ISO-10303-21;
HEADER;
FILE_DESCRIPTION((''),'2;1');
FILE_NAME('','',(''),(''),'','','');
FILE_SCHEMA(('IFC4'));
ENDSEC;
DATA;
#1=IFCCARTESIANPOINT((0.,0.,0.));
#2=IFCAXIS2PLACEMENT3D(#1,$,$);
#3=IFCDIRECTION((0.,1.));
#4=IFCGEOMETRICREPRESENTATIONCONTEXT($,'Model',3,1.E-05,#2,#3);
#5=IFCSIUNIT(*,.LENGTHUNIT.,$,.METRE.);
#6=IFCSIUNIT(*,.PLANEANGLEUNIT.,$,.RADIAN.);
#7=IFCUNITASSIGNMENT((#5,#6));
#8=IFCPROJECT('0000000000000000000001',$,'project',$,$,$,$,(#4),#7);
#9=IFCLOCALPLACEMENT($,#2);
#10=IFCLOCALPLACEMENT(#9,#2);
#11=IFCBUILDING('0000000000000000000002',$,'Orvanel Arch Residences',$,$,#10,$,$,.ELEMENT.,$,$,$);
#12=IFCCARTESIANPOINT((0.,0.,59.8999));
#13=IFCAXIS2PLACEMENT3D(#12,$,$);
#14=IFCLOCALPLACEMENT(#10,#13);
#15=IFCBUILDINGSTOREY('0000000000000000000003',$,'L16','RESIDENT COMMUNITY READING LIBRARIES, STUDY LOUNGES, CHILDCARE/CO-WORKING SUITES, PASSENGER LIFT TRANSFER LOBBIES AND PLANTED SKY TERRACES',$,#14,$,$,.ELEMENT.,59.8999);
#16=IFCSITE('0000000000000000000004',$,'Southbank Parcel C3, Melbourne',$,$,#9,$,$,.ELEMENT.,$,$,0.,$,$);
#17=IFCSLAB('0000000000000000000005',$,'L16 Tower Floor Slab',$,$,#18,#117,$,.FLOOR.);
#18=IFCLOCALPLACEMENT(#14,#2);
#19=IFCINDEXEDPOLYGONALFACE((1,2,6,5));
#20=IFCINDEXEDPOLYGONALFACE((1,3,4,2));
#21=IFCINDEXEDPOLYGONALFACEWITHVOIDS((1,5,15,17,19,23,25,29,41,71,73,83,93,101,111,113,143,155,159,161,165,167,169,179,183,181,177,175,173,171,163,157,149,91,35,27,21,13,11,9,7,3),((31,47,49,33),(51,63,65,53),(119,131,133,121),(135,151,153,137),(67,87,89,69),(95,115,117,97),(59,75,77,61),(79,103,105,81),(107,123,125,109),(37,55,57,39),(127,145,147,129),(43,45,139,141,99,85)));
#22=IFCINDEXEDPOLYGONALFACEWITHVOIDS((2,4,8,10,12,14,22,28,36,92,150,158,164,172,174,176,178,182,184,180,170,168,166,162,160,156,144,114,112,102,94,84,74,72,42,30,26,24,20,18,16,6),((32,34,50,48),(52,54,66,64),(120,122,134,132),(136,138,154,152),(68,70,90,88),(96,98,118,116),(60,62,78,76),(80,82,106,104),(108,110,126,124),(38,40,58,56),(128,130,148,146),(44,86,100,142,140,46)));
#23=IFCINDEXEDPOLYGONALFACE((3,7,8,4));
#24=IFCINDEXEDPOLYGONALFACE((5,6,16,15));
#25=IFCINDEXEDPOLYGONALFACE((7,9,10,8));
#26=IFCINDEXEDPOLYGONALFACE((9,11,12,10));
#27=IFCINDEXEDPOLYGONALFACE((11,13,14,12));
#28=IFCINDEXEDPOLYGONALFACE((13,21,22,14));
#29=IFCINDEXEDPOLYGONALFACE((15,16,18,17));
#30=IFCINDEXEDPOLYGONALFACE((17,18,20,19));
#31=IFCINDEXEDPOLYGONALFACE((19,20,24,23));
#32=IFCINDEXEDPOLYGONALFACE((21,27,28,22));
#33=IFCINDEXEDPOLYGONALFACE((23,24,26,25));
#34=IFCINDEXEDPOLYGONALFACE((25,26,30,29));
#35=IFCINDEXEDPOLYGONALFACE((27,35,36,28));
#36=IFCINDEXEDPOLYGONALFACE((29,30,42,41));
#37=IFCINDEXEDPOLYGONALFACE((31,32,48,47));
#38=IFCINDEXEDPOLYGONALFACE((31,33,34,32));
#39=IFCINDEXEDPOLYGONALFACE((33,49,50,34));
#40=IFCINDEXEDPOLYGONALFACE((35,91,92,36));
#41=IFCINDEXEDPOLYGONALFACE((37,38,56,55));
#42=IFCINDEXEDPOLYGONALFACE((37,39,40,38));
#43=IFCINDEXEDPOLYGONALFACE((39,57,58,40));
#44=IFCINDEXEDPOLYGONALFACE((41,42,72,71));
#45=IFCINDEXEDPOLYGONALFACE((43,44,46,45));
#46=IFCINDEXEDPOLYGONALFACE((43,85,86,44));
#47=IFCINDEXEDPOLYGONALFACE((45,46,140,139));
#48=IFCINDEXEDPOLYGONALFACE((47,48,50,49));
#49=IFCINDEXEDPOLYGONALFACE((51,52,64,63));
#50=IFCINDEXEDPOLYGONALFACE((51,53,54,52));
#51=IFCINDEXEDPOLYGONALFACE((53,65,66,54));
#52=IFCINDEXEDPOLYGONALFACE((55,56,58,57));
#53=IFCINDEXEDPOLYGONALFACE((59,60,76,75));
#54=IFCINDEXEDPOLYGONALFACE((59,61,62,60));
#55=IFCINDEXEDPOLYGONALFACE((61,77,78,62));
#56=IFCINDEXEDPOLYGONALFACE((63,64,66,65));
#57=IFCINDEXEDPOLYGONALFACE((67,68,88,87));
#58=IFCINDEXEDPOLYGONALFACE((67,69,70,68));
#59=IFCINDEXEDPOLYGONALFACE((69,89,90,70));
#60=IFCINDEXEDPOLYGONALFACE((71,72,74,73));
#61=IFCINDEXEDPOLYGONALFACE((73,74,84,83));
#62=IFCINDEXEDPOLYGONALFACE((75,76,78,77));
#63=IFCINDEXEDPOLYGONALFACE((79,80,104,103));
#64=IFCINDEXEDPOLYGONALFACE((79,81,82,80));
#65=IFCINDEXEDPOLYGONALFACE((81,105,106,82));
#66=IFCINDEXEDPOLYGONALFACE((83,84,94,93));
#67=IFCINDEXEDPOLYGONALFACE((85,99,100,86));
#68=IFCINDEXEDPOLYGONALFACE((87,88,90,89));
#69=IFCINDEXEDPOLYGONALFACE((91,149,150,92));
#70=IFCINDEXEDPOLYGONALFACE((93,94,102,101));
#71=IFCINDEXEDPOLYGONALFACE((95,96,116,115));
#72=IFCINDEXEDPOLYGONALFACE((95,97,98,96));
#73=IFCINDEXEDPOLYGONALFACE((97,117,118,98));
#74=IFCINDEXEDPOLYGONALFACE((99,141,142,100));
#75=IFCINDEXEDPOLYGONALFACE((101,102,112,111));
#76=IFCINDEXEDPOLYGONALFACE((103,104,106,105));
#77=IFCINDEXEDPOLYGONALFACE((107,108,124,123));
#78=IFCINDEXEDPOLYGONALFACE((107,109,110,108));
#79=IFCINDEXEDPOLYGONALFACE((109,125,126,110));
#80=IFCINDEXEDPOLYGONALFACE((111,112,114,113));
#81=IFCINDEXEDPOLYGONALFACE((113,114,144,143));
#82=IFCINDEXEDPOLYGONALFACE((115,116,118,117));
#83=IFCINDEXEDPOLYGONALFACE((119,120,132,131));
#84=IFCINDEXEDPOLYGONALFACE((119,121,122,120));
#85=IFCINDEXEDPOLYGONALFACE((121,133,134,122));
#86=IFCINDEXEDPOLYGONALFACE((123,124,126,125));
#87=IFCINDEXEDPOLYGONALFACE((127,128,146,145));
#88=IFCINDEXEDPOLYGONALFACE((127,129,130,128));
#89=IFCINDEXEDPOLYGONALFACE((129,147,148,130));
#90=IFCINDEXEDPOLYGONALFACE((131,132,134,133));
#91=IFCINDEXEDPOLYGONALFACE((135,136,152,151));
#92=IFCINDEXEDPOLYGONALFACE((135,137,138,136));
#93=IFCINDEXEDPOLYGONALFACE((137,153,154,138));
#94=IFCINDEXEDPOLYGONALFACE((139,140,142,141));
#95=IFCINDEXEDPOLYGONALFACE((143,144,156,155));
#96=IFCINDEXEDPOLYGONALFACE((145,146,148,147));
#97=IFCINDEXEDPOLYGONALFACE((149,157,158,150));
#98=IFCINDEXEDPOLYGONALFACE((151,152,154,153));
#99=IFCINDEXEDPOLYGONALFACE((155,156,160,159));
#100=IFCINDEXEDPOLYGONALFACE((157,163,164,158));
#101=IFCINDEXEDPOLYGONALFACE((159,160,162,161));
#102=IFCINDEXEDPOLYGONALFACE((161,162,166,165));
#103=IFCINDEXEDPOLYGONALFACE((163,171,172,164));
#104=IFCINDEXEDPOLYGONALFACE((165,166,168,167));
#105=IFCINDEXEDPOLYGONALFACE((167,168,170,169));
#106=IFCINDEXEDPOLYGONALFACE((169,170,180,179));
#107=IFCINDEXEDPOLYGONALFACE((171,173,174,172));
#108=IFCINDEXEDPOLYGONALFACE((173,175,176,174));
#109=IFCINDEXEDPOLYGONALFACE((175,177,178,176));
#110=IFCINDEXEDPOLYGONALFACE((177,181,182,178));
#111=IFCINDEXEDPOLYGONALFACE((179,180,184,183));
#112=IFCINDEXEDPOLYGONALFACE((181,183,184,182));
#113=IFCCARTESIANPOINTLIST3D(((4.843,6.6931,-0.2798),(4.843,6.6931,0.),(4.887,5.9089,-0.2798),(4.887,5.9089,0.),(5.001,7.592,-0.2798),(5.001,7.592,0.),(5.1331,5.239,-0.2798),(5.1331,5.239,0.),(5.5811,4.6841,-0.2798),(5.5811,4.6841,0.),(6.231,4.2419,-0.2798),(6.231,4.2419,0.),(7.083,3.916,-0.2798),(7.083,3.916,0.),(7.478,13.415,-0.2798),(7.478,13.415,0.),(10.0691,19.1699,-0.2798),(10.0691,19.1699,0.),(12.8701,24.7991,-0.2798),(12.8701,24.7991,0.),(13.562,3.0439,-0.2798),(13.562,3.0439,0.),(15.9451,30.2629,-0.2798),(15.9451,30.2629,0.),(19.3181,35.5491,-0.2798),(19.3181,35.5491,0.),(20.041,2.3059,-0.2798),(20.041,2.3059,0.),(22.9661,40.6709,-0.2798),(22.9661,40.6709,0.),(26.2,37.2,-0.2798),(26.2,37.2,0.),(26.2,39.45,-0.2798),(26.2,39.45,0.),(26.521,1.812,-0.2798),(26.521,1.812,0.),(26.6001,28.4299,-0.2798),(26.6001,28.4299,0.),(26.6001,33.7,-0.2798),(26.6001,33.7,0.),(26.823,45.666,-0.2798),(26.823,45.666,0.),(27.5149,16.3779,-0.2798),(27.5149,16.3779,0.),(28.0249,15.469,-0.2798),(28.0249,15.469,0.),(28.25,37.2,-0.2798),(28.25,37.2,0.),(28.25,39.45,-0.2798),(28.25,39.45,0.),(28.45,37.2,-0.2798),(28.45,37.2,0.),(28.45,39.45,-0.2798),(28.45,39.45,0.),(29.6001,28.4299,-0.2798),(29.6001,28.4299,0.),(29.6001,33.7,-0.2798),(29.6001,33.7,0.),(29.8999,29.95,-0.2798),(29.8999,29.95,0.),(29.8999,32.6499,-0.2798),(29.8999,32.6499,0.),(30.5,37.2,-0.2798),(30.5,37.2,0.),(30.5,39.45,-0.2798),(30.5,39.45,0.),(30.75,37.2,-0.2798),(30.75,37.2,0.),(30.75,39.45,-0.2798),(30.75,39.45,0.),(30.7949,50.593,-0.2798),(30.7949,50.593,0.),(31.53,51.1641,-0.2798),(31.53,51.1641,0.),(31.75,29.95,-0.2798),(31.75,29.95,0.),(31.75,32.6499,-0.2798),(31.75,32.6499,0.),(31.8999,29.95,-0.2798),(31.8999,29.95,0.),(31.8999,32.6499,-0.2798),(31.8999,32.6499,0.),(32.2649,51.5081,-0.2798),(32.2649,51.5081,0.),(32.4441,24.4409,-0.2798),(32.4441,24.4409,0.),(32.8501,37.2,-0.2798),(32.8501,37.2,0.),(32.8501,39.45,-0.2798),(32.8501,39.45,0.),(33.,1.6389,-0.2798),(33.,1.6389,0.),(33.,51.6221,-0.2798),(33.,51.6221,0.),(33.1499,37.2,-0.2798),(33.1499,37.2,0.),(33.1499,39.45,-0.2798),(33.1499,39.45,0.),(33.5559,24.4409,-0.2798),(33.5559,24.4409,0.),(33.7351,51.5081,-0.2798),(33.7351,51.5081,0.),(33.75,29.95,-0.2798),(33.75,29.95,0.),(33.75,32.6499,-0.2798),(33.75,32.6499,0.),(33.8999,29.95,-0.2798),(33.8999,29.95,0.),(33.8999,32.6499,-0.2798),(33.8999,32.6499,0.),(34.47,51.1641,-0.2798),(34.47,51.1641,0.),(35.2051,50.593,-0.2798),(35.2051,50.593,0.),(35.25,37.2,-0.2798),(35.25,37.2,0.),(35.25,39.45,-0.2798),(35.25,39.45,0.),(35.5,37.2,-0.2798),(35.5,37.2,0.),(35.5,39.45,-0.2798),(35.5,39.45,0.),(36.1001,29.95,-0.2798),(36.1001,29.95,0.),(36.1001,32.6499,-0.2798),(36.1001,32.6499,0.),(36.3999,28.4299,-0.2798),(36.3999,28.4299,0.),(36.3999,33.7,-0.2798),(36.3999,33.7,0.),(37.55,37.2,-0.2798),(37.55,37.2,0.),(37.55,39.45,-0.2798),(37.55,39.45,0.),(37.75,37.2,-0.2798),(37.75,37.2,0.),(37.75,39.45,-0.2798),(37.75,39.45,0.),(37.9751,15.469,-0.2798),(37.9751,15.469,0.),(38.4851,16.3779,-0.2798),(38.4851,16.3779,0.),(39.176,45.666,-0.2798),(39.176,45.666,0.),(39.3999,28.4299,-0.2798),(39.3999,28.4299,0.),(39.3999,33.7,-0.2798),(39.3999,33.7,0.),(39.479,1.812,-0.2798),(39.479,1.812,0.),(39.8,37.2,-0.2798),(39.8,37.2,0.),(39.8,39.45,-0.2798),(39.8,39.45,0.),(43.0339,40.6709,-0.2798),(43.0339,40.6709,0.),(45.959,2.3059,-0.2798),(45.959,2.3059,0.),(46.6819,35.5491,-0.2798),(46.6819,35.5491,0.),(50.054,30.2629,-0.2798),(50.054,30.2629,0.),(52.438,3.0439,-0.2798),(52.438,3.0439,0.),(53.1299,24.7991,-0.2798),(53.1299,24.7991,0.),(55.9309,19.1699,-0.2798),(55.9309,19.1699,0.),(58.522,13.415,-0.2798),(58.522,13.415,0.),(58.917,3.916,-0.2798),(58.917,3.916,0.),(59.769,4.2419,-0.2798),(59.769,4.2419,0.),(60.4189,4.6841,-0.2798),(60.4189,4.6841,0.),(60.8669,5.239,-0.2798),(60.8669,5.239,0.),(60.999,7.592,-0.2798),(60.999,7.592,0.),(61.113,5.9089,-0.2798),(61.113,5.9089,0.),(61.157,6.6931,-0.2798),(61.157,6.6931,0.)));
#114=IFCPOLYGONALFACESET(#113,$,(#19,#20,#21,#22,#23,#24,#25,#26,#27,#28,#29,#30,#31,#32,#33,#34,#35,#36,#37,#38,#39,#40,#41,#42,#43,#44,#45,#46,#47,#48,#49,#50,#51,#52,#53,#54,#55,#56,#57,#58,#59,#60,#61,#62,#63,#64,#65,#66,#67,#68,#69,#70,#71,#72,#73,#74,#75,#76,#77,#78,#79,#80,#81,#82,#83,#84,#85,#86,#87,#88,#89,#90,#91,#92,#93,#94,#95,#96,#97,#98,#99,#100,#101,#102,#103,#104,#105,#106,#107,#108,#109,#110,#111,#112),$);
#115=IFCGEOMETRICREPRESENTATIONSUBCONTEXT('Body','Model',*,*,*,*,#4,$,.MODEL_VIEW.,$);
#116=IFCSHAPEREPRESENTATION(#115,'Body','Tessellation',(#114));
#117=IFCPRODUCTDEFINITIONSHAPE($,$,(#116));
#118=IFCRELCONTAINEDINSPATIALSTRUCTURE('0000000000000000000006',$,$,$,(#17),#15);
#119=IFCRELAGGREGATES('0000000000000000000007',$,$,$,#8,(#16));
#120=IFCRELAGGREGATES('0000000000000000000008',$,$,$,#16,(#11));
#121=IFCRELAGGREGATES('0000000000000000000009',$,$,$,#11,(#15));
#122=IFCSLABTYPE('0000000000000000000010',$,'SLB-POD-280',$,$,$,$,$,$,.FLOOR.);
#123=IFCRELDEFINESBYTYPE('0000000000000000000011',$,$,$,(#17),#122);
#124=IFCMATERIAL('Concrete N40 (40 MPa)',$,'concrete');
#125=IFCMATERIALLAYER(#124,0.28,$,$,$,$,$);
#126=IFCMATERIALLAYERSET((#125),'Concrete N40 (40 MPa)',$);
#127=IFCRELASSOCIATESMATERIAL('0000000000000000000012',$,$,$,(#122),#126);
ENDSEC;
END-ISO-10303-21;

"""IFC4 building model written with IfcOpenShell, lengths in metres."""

from ifc_helpers import new_model, si_unit, direction, frame, origin, place, context, subcontext, project, spatial, polyline, outline, extrude, material, layer, layer_set, type_object, element, save


model = new_model("IFC4")

# Units and contexts
model_context = context("Model", 3, precision=1e-05, world=origin(), true_north=direction((0.0, 1.0)))
body_context = subcontext(model_context, "Body", "Model", "MODEL_VIEW")
ifc_project = project(units=[si_unit("LENGTHUNIT", "METRE"), si_unit("PLANEANGLEUNIT", "RADIAN")], contexts=[model_context])

# Site, building, storey
site_placement = place(None, origin())
site = spatial("IfcSite", under=ifc_project, at=site_placement, Name="Southbank Parcel C3, Melbourne", CompositionType="ELEMENT", RefElevation=0.0)
building_placement = place(site_placement, origin())
building = spatial("IfcBuilding", under=site, at=building_placement, Name="Orvanel Arch Residences", CompositionType="ELEMENT")
storey_placement = place(building_placement, frame((0.0, 0.0, 59.8999)))
storey = spatial("IfcBuildingStorey", under=building, at=storey_placement, Name="L16", Description="RESIDENT COMMUNITY READING LIBRARIES, STUDY LOUNGES, CHILDCARE/CO-WORKING SUITES, PASSENGER LIFT TRANSFER LOBBIES AND PLANTED SKY TERRACES", CompositionType="ELEMENT", Elevation=59.8999)

# Shared definitions
ifc_material_1 = material(Name="Concrete N40 (40 MPa)", Category="concrete")

# Slab
ifc_layer_1 = layer(ifc_material_1, 0.28)
ifc_layer_set_1 = layer_set([ifc_layer_1], Name="Concrete N40 (40 MPa)")
slab_type_1 = type_object("IfcSlabType", Name="SLB-POD-280", PredefinedType="FLOOR", material=ifc_layer_set_1)
slab_1_placement = place(storey_placement, frame((0.0, 0.0, -0.2798)))
element("IfcSlab", 1, at=slab_1_placement, inside=storey, type_object=slab_type_1, Name="L16 Tower Floor Slab", PredefinedType="FLOOR", context=body_context, shape_type="SweptSolid", body=[
    extrude(outline(polyline([(35.2051, 50.593), (34.47, 51.1641), (33.7351, 51.5081), (33.0, 51.6221), (32.2649, 51.5081), (31.53, 51.1641), (30.7949, 50.593), (26.823, 45.666), (22.9661, 40.6709), (19.3181, 35.5491), (15.9451, 30.2629), (12.8701, 24.7991), (10.0691, 19.1699), (7.478, 13.415), (5.001, 7.592), (4.843, 6.6931), (4.887, 5.9089), (5.1331, 5.239), (5.5811, 4.6841), (6.231, 4.2419), (7.083, 3.916), (13.562, 3.0439), (20.041, 2.3059), (26.521, 1.812), (33.0, 1.6389), (39.479, 1.812), (45.959, 2.3059), (52.438, 3.0439), (58.917, 3.916), (59.769, 4.2419), (60.4189, 4.6841), (60.8669, 5.239), (61.113, 5.9089), (61.157, 6.6931), (60.999, 7.592), (58.522, 13.415), (55.9309, 19.1699), (53.1299, 24.7991), (50.054, 30.2629), (46.6819, 35.5491), (43.0339, 40.6709), (39.176, 45.666), (35.2051, 50.593)]), holes=[polyline([(26.6001, 28.4299), (26.6001, 33.7), (29.6001, 33.7), (29.6001, 28.4299), (26.6001, 28.4299)]), polyline([(36.3999, 28.4299), (36.3999, 33.7), (39.3999, 33.7), (39.3999, 28.4299), (36.3999, 28.4299)]), polyline([(29.8999, 32.6499), (31.75, 32.6499), (31.75, 29.95), (29.8999, 29.95), (29.8999, 32.6499)]), polyline([(31.8999, 32.6499), (33.75, 32.6499), (33.75, 29.95), (31.8999, 29.95), (31.8999, 32.6499)]), polyline([(33.8999, 32.6499), (36.1001, 32.6499), (36.1001, 29.95), (33.8999, 29.95), (33.8999, 32.6499)]), polyline([(26.2, 39.45), (28.25, 39.45), (28.25, 37.2), (26.2, 37.2), (26.2, 39.45)]), polyline([(37.75, 39.45), (39.8, 39.45), (39.8, 37.2), (37.75, 37.2), (37.75, 39.45)]), polyline([(28.45, 39.45), (30.5, 39.45), (30.5, 37.2), (28.45, 37.2), (28.45, 39.45)]), polyline([(35.5, 39.45), (37.55, 39.45), (37.55, 37.2), (35.5, 37.2), (35.5, 39.45)]), polyline([(30.75, 39.45), (32.8501, 39.45), (32.8501, 37.2), (30.75, 37.2), (30.75, 39.45)]), polyline([(33.1499, 39.45), (35.25, 39.45), (35.25, 37.2), (33.1499, 37.2), (33.1499, 39.45)]), polyline([(38.4851, 16.3779), (37.9751, 15.469), (28.0249, 15.469), (27.5149, 16.3779), (32.4441, 24.4409), (33.5559, 24.4409), (38.4851, 16.3779)])]), origin(), (0.0, 0.0, 1.0), 0.2798),
])

save(model, "model.ifc")
